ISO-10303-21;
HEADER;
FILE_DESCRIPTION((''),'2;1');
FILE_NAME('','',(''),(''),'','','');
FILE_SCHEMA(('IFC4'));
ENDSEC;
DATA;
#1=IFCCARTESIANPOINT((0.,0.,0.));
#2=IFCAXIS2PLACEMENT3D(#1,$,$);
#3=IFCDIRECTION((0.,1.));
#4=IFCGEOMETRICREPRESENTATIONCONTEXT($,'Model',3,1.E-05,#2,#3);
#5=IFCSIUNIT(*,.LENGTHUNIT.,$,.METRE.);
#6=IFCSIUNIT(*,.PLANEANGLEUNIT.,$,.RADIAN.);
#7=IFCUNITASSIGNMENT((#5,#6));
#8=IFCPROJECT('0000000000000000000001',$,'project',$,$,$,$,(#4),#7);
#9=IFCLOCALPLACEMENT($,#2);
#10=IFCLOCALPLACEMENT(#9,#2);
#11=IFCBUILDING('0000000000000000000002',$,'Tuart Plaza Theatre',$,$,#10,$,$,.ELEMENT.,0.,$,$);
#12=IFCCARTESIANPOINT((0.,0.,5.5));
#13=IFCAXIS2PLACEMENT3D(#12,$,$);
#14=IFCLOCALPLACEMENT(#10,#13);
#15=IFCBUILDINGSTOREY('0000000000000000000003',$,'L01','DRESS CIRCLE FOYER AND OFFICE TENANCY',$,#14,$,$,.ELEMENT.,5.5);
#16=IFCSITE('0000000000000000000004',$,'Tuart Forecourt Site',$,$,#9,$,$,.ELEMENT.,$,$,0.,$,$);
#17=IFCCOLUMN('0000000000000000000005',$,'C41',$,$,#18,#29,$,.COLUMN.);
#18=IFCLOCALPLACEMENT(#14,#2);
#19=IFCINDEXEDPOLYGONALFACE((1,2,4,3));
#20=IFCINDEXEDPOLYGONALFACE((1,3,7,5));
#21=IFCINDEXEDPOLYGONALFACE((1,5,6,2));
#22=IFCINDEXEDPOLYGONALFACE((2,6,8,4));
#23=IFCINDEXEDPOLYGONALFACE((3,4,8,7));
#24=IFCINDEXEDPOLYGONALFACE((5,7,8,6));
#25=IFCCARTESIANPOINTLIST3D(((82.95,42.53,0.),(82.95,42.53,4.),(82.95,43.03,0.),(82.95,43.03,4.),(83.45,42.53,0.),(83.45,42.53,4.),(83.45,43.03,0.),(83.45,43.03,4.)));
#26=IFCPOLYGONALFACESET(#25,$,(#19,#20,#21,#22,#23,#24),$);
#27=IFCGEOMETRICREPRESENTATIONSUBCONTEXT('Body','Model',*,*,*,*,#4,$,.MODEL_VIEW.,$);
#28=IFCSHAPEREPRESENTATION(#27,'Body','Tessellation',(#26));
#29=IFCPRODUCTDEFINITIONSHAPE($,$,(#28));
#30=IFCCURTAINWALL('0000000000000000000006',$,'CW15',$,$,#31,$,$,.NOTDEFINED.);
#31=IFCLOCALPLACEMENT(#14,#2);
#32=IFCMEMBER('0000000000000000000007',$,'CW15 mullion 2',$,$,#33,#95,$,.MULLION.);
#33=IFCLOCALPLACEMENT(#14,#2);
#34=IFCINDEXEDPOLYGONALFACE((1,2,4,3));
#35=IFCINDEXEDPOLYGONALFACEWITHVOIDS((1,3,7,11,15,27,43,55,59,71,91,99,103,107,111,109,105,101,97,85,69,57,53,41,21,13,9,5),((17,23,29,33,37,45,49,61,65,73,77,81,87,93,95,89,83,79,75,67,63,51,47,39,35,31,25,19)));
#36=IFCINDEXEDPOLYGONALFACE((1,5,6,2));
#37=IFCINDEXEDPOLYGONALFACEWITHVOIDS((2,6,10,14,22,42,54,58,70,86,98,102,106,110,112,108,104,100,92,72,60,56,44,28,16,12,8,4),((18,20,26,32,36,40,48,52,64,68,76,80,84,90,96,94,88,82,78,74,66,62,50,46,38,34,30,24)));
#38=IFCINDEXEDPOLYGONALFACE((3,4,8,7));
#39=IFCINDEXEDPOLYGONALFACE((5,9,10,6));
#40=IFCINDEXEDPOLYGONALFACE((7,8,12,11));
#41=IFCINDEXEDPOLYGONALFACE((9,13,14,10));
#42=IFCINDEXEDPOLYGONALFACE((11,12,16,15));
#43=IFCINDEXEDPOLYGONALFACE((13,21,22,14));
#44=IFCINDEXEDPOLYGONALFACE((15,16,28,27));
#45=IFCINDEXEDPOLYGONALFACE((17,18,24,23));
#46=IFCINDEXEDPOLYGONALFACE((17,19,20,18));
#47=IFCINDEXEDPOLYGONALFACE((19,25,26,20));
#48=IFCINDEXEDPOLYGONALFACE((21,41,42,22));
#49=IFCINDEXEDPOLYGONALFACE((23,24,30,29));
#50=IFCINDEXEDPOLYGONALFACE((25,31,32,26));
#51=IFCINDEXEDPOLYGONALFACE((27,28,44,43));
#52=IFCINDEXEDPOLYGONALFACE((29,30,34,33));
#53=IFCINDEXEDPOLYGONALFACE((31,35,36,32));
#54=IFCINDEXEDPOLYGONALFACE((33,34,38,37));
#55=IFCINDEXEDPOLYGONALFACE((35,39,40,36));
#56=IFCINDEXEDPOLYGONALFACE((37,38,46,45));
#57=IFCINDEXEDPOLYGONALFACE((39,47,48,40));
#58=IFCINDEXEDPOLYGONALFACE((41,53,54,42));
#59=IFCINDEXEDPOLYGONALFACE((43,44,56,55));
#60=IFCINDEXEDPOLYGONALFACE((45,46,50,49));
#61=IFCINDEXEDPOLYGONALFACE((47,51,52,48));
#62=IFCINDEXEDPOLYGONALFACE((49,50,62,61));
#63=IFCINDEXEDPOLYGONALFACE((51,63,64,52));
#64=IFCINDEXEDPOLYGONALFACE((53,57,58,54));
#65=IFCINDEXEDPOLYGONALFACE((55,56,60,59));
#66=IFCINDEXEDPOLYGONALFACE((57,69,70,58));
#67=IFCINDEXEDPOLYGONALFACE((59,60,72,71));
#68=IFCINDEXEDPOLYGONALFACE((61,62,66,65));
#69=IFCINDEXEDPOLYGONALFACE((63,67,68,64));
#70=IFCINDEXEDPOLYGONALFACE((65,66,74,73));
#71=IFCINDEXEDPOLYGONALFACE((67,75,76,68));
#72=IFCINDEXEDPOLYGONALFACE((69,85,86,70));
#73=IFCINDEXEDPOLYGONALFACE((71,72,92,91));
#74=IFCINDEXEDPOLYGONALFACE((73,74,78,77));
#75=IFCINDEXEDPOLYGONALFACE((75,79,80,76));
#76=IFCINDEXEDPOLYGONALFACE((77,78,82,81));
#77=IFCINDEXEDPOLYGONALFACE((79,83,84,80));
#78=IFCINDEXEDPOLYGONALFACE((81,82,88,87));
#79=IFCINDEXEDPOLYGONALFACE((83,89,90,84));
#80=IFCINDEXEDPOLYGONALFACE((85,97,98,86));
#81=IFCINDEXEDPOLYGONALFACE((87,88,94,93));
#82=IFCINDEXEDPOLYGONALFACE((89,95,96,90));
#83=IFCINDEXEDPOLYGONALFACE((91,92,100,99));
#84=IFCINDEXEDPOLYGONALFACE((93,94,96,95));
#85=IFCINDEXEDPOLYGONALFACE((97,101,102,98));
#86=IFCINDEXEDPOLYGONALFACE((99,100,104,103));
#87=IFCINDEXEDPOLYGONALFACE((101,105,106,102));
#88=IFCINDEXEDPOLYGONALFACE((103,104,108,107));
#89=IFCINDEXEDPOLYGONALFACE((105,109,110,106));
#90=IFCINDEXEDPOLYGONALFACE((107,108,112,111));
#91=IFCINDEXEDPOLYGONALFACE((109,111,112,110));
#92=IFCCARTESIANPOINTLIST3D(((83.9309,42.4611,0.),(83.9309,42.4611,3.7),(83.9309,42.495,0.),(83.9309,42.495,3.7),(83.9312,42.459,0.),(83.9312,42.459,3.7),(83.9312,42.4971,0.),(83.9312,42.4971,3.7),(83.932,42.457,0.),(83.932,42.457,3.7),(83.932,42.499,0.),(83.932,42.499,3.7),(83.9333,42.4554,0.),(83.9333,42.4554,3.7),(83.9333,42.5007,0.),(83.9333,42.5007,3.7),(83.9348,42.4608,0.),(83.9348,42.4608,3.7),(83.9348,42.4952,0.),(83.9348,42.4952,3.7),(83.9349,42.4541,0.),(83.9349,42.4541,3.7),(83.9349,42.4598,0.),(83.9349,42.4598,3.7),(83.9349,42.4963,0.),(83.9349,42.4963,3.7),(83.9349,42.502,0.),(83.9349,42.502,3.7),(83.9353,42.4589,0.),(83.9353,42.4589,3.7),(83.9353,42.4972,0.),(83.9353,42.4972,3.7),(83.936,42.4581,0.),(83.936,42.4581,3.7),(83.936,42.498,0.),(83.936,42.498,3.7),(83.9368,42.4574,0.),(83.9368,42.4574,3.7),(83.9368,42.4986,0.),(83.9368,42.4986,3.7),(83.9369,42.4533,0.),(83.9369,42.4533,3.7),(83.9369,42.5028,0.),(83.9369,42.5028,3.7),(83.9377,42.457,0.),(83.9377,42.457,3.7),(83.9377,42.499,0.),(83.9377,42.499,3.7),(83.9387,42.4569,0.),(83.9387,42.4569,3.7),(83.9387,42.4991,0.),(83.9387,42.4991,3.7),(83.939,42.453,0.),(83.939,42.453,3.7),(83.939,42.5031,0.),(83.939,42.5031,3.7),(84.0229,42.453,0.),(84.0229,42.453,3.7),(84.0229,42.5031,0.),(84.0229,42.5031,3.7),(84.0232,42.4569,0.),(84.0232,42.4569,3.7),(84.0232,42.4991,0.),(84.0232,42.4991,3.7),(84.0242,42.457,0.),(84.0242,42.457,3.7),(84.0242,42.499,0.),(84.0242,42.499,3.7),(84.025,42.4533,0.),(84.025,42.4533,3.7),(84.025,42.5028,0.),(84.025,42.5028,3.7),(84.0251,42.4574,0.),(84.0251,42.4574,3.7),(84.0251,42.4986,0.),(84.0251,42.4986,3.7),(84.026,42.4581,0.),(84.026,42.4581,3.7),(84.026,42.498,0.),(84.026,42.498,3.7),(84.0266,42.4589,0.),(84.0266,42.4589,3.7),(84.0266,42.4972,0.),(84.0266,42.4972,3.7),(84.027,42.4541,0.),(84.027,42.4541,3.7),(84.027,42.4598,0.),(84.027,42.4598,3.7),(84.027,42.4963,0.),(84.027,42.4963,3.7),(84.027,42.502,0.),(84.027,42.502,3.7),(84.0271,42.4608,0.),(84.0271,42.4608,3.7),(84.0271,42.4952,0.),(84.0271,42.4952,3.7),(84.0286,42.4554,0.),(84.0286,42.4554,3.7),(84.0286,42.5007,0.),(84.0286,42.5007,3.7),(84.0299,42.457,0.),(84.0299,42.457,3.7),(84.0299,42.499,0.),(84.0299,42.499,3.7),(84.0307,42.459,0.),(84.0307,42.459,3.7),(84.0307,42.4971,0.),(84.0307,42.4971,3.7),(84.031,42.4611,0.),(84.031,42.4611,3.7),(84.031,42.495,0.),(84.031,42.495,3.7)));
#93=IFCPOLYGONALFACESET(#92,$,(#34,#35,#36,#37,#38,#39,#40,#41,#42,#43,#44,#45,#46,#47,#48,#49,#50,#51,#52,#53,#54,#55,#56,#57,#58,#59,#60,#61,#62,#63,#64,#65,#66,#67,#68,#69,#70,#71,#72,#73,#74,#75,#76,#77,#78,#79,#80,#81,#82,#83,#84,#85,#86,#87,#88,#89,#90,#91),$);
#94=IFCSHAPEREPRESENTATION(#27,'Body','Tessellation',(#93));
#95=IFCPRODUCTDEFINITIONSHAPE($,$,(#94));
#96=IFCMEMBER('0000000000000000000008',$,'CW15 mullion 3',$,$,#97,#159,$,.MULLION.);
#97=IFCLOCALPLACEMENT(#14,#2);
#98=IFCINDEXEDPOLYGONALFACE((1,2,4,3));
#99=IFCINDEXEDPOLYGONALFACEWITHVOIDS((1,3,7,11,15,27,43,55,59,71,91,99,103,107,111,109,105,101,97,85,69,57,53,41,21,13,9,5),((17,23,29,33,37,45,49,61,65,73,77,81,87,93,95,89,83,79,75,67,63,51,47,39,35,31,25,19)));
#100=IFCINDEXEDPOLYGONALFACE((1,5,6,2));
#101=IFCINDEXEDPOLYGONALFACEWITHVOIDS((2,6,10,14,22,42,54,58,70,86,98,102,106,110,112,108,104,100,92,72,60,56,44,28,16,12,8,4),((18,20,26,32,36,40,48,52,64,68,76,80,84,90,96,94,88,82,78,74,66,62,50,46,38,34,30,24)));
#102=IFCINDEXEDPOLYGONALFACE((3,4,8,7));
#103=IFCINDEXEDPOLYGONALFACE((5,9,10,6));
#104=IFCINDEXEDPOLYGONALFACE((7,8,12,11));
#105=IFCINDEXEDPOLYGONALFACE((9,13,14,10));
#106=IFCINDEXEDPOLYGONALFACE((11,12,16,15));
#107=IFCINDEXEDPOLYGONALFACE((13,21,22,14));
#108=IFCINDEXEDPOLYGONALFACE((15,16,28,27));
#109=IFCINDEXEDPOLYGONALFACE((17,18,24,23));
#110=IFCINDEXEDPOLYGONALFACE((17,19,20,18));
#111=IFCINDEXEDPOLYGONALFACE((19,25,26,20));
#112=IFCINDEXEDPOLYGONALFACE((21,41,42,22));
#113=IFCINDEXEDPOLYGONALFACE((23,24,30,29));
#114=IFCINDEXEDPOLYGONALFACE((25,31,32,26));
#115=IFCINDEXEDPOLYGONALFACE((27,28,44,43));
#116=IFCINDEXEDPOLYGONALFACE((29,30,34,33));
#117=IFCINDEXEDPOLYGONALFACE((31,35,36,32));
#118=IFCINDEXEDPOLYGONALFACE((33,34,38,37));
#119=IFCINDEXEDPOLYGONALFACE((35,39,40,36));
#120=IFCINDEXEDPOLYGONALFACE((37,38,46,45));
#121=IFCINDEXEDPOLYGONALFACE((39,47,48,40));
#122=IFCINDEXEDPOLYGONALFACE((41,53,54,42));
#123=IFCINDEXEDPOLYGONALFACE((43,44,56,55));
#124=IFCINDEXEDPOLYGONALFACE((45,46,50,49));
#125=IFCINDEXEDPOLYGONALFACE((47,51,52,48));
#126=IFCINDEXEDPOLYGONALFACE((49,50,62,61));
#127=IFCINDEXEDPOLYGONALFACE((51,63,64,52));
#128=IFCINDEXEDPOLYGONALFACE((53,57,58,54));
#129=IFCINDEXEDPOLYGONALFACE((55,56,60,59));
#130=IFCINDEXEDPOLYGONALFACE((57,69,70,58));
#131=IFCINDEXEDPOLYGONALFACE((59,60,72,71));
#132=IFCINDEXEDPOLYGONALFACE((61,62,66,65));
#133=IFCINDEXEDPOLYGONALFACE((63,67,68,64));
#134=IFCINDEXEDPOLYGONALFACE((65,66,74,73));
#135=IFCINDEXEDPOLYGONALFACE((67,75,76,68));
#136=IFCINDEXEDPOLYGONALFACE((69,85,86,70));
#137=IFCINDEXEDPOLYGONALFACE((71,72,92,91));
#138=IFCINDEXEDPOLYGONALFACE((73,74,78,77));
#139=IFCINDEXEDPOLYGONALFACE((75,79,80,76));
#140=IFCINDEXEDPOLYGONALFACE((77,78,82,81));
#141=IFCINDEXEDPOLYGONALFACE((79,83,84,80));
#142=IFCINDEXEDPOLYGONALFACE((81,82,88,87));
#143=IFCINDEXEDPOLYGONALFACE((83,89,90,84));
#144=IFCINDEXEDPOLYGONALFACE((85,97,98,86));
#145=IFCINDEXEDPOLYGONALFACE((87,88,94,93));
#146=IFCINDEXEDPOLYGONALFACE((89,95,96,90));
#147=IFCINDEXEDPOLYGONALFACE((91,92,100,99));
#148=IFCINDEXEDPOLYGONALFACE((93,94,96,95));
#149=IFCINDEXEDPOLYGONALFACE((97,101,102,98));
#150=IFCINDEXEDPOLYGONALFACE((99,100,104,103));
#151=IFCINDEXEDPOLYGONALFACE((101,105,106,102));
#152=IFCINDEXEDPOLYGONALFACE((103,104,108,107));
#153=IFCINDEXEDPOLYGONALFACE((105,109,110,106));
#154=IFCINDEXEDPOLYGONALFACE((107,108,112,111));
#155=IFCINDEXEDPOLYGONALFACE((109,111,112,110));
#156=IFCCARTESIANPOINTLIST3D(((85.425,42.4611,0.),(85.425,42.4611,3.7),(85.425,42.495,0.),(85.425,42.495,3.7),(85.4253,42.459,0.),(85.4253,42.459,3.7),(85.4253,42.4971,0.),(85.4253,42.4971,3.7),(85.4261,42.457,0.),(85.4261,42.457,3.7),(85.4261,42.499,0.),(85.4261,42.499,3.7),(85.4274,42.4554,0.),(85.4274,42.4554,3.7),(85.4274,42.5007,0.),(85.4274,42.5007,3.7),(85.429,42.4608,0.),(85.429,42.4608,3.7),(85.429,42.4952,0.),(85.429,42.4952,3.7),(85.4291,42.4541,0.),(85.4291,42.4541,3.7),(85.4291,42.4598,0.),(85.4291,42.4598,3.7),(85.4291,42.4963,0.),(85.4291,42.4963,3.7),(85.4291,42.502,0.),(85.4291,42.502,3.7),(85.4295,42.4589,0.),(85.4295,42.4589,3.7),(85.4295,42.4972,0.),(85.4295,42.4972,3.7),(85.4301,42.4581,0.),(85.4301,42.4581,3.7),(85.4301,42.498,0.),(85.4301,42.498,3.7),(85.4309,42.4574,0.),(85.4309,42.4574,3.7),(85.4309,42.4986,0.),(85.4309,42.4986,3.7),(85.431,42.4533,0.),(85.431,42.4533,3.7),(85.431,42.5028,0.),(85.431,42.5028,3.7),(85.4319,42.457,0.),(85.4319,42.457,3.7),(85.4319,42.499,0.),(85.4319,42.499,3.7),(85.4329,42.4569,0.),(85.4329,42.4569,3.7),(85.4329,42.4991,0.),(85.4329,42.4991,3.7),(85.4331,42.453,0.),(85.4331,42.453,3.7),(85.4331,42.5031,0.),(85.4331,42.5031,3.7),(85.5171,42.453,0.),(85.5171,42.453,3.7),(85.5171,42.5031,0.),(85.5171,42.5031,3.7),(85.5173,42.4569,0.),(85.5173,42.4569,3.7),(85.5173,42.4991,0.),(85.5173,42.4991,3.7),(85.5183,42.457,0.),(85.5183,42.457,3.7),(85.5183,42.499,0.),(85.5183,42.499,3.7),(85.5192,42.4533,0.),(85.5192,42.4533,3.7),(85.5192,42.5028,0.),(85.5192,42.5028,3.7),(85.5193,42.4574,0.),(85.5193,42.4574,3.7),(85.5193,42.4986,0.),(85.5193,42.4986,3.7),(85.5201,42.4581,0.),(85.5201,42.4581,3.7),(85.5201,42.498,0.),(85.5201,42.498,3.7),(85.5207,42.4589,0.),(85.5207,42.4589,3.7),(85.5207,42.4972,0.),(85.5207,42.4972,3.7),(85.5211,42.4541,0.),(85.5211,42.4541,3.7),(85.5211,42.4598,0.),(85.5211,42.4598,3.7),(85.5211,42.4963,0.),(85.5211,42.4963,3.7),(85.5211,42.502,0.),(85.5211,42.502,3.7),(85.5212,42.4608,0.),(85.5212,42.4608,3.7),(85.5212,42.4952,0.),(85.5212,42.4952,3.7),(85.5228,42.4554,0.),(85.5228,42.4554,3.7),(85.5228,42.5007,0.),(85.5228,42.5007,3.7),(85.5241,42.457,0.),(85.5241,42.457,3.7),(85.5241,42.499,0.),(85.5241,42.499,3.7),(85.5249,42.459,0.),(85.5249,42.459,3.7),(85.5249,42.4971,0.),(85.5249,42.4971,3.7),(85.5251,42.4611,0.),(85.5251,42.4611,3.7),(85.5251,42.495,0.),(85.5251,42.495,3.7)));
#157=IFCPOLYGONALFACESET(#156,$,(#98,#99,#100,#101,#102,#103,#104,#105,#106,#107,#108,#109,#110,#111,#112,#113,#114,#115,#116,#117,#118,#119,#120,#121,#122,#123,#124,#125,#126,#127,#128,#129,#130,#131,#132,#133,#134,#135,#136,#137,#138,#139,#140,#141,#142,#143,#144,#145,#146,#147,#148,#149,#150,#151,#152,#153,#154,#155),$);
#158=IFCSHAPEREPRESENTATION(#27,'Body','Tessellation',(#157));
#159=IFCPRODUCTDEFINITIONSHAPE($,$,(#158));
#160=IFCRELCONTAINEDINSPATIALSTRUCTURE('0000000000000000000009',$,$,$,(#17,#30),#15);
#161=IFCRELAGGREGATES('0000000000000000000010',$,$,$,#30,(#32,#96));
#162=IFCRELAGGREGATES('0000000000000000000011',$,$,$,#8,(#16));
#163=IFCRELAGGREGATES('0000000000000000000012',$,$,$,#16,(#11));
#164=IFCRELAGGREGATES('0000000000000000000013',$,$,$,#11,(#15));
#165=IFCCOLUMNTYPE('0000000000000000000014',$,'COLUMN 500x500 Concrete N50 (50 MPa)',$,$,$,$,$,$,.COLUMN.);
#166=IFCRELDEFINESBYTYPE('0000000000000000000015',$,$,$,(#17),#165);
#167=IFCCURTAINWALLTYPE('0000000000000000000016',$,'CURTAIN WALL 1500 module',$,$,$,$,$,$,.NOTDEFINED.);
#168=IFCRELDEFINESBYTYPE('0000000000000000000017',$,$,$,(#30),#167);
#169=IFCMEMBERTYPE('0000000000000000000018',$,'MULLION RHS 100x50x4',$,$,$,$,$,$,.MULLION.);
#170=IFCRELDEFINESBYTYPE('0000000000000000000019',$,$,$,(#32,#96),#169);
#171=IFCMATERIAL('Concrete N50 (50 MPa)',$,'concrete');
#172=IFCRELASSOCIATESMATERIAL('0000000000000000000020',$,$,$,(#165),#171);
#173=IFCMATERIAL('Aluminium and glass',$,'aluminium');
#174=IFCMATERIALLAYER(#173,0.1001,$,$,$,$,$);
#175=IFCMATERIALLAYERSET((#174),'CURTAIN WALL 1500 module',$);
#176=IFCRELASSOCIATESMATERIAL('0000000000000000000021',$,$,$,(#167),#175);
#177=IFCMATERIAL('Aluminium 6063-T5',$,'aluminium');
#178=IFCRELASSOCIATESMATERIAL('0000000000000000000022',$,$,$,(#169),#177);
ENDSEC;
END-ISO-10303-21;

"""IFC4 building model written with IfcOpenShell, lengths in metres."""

from ifc_helpers import new_model, si_unit, direction, frame, origin, origin_2d, place, context, subcontext, project, spatial, rectangle, hollow_rectangle, extrude, material, layer, layer_set, material_profile, profile_set, type_object, element, aggregate, save


model = new_model("IFC4")

# Units and contexts
model_context = context("Model", 3, precision=1e-05, world=origin(), true_north=direction((0.0, 1.0)))
body_context = subcontext(model_context, "Body", "Model", "MODEL_VIEW")
ifc_project = project(units=[si_unit("LENGTHUNIT", "METRE"), si_unit("PLANEANGLEUNIT", "RADIAN")], contexts=[model_context])

# Site, building, storey
site_placement = place(None, origin())
site = spatial("IfcSite", under=ifc_project, at=site_placement, Name="Tuart Forecourt Site", CompositionType="ELEMENT", RefElevation=0.0)
building_placement = place(site_placement, origin())
building = spatial("IfcBuilding", under=site, at=building_placement, Name="Tuart Plaza Theatre", CompositionType="ELEMENT", ElevationOfRefHeight=0.0)
storey_placement = place(building_placement, frame((0.0, 0.0, 5.5)))
storey = spatial("IfcBuildingStorey", under=building, at=storey_placement, Name="L01", Description="DRESS CIRCLE FOYER AND OFFICE TENANCY", CompositionType="ELEMENT", Elevation=5.5)

# Column
ifc_material_1 = material(Name="Concrete N50 (50 MPa)", Category="concrete")
ifc_material_profile_1 = material_profile(ifc_material_1, rectangle(XDim=0.5, YDim=0.5, at=origin_2d()), Name="COLUMN 500x500 Concrete N50 (50 MPa)")
ifc_profile_set_1 = profile_set([ifc_material_profile_1], Name="Concrete N50 (50 MPa)")
column_type = type_object("IfcColumnType", Name="COLUMN 500x500 Concrete N50 (50 MPa)", PredefinedType="COLUMN", material=ifc_profile_set_1)
column_placement = place(storey_placement, frame((83.2, 42.78, 0.0), z_axis=(0.0, 0.0, 1.0), x_axis=(1.0, 0.0, 0.0)))
element("IfcColumn", 1, at=column_placement, inside=storey, type_object=column_type, Name="C41", PredefinedType="COLUMN", context=body_context, shape_type="SweptSolid", body=[
    extrude(rectangle(XDim=0.5, YDim=0.5, at=origin_2d()), origin(), (0.0, 0.0, 1.0), 4.0),
])

# Curtain wall, members
ifc_material_2 = material(Name="Aluminium and glass", Category="aluminium")
ifc_layer_1 = layer(ifc_material_2, 0.1001)
ifc_layer_set_1 = layer_set([ifc_layer_1], Name="CURTAIN WALL 1500 module")
curtain_wall_type = type_object("IfcCurtainWallType", Name="CURTAIN WALL 1500 module", PredefinedType="NOTDEFINED", material=ifc_layer_set_1)
curtain_wall_placement = place(storey_placement, origin())
curtain_wall = element("IfcCurtainWall", 2, at=curtain_wall_placement, inside=storey, type_object=curtain_wall_type, Name="CW15", PredefinedType="NOTDEFINED")
ifc_material_3 = material(Name="Aluminium 6063-T5", Category="aluminium")
ifc_material_profile_2 = material_profile(ifc_material_3, hollow_rectangle(XDim=0.05, YDim=0.1001, WallThickness=0.0039, InnerFilletRadius=0.0039, OuterFilletRadius=0.0081, at=origin_2d()), Name="RHS 100x50x4")
ifc_profile_set_2 = profile_set([ifc_material_profile_2], Name="Aluminium 6063-T5")
member_type_1 = type_object("IfcMemberType", Name="MULLION RHS 100x50x4", PredefinedType="MULLION", material=ifc_profile_set_2)
member_1_placement = place(storey_placement, frame((83.981, 42.478, 0.0), z_axis=(0.0, 0.0, 1.0), x_axis=(0.0, 1.0, 0.0)))
member_1 = element("IfcMember", 3, at=member_1_placement, type_object=member_type_1, Name="CW15 mullion 2", PredefinedType="MULLION", context=body_context, shape_type="SweptSolid", body=[
    extrude(hollow_rectangle(XDim=0.05, YDim=0.1001, WallThickness=0.0039, InnerFilletRadius=0.0039, OuterFilletRadius=0.0081, at=origin_2d()), origin(), (0.0, 0.0, 1.0), 3.7),
])
member_2_placement = place(storey_placement, frame((85.4751, 42.478, 0.0), z_axis=(0.0, 0.0, 1.0), x_axis=(0.0, 1.0, 0.0)))
member_2 = element("IfcMember", 4, at=member_2_placement, type_object=member_type_1, Name="CW15 mullion 3", PredefinedType="MULLION", context=body_context, shape_type="SweptSolid", body=[
    extrude(hollow_rectangle(XDim=0.05, YDim=0.1001, WallThickness=0.0039, InnerFilletRadius=0.0039, OuterFilletRadius=0.0081, at=origin_2d()), origin(), (0.0, 0.0, 1.0), 3.7),
])
aggregate(curtain_wall, [member_1, member_2])

save(model, "model.ifc")
